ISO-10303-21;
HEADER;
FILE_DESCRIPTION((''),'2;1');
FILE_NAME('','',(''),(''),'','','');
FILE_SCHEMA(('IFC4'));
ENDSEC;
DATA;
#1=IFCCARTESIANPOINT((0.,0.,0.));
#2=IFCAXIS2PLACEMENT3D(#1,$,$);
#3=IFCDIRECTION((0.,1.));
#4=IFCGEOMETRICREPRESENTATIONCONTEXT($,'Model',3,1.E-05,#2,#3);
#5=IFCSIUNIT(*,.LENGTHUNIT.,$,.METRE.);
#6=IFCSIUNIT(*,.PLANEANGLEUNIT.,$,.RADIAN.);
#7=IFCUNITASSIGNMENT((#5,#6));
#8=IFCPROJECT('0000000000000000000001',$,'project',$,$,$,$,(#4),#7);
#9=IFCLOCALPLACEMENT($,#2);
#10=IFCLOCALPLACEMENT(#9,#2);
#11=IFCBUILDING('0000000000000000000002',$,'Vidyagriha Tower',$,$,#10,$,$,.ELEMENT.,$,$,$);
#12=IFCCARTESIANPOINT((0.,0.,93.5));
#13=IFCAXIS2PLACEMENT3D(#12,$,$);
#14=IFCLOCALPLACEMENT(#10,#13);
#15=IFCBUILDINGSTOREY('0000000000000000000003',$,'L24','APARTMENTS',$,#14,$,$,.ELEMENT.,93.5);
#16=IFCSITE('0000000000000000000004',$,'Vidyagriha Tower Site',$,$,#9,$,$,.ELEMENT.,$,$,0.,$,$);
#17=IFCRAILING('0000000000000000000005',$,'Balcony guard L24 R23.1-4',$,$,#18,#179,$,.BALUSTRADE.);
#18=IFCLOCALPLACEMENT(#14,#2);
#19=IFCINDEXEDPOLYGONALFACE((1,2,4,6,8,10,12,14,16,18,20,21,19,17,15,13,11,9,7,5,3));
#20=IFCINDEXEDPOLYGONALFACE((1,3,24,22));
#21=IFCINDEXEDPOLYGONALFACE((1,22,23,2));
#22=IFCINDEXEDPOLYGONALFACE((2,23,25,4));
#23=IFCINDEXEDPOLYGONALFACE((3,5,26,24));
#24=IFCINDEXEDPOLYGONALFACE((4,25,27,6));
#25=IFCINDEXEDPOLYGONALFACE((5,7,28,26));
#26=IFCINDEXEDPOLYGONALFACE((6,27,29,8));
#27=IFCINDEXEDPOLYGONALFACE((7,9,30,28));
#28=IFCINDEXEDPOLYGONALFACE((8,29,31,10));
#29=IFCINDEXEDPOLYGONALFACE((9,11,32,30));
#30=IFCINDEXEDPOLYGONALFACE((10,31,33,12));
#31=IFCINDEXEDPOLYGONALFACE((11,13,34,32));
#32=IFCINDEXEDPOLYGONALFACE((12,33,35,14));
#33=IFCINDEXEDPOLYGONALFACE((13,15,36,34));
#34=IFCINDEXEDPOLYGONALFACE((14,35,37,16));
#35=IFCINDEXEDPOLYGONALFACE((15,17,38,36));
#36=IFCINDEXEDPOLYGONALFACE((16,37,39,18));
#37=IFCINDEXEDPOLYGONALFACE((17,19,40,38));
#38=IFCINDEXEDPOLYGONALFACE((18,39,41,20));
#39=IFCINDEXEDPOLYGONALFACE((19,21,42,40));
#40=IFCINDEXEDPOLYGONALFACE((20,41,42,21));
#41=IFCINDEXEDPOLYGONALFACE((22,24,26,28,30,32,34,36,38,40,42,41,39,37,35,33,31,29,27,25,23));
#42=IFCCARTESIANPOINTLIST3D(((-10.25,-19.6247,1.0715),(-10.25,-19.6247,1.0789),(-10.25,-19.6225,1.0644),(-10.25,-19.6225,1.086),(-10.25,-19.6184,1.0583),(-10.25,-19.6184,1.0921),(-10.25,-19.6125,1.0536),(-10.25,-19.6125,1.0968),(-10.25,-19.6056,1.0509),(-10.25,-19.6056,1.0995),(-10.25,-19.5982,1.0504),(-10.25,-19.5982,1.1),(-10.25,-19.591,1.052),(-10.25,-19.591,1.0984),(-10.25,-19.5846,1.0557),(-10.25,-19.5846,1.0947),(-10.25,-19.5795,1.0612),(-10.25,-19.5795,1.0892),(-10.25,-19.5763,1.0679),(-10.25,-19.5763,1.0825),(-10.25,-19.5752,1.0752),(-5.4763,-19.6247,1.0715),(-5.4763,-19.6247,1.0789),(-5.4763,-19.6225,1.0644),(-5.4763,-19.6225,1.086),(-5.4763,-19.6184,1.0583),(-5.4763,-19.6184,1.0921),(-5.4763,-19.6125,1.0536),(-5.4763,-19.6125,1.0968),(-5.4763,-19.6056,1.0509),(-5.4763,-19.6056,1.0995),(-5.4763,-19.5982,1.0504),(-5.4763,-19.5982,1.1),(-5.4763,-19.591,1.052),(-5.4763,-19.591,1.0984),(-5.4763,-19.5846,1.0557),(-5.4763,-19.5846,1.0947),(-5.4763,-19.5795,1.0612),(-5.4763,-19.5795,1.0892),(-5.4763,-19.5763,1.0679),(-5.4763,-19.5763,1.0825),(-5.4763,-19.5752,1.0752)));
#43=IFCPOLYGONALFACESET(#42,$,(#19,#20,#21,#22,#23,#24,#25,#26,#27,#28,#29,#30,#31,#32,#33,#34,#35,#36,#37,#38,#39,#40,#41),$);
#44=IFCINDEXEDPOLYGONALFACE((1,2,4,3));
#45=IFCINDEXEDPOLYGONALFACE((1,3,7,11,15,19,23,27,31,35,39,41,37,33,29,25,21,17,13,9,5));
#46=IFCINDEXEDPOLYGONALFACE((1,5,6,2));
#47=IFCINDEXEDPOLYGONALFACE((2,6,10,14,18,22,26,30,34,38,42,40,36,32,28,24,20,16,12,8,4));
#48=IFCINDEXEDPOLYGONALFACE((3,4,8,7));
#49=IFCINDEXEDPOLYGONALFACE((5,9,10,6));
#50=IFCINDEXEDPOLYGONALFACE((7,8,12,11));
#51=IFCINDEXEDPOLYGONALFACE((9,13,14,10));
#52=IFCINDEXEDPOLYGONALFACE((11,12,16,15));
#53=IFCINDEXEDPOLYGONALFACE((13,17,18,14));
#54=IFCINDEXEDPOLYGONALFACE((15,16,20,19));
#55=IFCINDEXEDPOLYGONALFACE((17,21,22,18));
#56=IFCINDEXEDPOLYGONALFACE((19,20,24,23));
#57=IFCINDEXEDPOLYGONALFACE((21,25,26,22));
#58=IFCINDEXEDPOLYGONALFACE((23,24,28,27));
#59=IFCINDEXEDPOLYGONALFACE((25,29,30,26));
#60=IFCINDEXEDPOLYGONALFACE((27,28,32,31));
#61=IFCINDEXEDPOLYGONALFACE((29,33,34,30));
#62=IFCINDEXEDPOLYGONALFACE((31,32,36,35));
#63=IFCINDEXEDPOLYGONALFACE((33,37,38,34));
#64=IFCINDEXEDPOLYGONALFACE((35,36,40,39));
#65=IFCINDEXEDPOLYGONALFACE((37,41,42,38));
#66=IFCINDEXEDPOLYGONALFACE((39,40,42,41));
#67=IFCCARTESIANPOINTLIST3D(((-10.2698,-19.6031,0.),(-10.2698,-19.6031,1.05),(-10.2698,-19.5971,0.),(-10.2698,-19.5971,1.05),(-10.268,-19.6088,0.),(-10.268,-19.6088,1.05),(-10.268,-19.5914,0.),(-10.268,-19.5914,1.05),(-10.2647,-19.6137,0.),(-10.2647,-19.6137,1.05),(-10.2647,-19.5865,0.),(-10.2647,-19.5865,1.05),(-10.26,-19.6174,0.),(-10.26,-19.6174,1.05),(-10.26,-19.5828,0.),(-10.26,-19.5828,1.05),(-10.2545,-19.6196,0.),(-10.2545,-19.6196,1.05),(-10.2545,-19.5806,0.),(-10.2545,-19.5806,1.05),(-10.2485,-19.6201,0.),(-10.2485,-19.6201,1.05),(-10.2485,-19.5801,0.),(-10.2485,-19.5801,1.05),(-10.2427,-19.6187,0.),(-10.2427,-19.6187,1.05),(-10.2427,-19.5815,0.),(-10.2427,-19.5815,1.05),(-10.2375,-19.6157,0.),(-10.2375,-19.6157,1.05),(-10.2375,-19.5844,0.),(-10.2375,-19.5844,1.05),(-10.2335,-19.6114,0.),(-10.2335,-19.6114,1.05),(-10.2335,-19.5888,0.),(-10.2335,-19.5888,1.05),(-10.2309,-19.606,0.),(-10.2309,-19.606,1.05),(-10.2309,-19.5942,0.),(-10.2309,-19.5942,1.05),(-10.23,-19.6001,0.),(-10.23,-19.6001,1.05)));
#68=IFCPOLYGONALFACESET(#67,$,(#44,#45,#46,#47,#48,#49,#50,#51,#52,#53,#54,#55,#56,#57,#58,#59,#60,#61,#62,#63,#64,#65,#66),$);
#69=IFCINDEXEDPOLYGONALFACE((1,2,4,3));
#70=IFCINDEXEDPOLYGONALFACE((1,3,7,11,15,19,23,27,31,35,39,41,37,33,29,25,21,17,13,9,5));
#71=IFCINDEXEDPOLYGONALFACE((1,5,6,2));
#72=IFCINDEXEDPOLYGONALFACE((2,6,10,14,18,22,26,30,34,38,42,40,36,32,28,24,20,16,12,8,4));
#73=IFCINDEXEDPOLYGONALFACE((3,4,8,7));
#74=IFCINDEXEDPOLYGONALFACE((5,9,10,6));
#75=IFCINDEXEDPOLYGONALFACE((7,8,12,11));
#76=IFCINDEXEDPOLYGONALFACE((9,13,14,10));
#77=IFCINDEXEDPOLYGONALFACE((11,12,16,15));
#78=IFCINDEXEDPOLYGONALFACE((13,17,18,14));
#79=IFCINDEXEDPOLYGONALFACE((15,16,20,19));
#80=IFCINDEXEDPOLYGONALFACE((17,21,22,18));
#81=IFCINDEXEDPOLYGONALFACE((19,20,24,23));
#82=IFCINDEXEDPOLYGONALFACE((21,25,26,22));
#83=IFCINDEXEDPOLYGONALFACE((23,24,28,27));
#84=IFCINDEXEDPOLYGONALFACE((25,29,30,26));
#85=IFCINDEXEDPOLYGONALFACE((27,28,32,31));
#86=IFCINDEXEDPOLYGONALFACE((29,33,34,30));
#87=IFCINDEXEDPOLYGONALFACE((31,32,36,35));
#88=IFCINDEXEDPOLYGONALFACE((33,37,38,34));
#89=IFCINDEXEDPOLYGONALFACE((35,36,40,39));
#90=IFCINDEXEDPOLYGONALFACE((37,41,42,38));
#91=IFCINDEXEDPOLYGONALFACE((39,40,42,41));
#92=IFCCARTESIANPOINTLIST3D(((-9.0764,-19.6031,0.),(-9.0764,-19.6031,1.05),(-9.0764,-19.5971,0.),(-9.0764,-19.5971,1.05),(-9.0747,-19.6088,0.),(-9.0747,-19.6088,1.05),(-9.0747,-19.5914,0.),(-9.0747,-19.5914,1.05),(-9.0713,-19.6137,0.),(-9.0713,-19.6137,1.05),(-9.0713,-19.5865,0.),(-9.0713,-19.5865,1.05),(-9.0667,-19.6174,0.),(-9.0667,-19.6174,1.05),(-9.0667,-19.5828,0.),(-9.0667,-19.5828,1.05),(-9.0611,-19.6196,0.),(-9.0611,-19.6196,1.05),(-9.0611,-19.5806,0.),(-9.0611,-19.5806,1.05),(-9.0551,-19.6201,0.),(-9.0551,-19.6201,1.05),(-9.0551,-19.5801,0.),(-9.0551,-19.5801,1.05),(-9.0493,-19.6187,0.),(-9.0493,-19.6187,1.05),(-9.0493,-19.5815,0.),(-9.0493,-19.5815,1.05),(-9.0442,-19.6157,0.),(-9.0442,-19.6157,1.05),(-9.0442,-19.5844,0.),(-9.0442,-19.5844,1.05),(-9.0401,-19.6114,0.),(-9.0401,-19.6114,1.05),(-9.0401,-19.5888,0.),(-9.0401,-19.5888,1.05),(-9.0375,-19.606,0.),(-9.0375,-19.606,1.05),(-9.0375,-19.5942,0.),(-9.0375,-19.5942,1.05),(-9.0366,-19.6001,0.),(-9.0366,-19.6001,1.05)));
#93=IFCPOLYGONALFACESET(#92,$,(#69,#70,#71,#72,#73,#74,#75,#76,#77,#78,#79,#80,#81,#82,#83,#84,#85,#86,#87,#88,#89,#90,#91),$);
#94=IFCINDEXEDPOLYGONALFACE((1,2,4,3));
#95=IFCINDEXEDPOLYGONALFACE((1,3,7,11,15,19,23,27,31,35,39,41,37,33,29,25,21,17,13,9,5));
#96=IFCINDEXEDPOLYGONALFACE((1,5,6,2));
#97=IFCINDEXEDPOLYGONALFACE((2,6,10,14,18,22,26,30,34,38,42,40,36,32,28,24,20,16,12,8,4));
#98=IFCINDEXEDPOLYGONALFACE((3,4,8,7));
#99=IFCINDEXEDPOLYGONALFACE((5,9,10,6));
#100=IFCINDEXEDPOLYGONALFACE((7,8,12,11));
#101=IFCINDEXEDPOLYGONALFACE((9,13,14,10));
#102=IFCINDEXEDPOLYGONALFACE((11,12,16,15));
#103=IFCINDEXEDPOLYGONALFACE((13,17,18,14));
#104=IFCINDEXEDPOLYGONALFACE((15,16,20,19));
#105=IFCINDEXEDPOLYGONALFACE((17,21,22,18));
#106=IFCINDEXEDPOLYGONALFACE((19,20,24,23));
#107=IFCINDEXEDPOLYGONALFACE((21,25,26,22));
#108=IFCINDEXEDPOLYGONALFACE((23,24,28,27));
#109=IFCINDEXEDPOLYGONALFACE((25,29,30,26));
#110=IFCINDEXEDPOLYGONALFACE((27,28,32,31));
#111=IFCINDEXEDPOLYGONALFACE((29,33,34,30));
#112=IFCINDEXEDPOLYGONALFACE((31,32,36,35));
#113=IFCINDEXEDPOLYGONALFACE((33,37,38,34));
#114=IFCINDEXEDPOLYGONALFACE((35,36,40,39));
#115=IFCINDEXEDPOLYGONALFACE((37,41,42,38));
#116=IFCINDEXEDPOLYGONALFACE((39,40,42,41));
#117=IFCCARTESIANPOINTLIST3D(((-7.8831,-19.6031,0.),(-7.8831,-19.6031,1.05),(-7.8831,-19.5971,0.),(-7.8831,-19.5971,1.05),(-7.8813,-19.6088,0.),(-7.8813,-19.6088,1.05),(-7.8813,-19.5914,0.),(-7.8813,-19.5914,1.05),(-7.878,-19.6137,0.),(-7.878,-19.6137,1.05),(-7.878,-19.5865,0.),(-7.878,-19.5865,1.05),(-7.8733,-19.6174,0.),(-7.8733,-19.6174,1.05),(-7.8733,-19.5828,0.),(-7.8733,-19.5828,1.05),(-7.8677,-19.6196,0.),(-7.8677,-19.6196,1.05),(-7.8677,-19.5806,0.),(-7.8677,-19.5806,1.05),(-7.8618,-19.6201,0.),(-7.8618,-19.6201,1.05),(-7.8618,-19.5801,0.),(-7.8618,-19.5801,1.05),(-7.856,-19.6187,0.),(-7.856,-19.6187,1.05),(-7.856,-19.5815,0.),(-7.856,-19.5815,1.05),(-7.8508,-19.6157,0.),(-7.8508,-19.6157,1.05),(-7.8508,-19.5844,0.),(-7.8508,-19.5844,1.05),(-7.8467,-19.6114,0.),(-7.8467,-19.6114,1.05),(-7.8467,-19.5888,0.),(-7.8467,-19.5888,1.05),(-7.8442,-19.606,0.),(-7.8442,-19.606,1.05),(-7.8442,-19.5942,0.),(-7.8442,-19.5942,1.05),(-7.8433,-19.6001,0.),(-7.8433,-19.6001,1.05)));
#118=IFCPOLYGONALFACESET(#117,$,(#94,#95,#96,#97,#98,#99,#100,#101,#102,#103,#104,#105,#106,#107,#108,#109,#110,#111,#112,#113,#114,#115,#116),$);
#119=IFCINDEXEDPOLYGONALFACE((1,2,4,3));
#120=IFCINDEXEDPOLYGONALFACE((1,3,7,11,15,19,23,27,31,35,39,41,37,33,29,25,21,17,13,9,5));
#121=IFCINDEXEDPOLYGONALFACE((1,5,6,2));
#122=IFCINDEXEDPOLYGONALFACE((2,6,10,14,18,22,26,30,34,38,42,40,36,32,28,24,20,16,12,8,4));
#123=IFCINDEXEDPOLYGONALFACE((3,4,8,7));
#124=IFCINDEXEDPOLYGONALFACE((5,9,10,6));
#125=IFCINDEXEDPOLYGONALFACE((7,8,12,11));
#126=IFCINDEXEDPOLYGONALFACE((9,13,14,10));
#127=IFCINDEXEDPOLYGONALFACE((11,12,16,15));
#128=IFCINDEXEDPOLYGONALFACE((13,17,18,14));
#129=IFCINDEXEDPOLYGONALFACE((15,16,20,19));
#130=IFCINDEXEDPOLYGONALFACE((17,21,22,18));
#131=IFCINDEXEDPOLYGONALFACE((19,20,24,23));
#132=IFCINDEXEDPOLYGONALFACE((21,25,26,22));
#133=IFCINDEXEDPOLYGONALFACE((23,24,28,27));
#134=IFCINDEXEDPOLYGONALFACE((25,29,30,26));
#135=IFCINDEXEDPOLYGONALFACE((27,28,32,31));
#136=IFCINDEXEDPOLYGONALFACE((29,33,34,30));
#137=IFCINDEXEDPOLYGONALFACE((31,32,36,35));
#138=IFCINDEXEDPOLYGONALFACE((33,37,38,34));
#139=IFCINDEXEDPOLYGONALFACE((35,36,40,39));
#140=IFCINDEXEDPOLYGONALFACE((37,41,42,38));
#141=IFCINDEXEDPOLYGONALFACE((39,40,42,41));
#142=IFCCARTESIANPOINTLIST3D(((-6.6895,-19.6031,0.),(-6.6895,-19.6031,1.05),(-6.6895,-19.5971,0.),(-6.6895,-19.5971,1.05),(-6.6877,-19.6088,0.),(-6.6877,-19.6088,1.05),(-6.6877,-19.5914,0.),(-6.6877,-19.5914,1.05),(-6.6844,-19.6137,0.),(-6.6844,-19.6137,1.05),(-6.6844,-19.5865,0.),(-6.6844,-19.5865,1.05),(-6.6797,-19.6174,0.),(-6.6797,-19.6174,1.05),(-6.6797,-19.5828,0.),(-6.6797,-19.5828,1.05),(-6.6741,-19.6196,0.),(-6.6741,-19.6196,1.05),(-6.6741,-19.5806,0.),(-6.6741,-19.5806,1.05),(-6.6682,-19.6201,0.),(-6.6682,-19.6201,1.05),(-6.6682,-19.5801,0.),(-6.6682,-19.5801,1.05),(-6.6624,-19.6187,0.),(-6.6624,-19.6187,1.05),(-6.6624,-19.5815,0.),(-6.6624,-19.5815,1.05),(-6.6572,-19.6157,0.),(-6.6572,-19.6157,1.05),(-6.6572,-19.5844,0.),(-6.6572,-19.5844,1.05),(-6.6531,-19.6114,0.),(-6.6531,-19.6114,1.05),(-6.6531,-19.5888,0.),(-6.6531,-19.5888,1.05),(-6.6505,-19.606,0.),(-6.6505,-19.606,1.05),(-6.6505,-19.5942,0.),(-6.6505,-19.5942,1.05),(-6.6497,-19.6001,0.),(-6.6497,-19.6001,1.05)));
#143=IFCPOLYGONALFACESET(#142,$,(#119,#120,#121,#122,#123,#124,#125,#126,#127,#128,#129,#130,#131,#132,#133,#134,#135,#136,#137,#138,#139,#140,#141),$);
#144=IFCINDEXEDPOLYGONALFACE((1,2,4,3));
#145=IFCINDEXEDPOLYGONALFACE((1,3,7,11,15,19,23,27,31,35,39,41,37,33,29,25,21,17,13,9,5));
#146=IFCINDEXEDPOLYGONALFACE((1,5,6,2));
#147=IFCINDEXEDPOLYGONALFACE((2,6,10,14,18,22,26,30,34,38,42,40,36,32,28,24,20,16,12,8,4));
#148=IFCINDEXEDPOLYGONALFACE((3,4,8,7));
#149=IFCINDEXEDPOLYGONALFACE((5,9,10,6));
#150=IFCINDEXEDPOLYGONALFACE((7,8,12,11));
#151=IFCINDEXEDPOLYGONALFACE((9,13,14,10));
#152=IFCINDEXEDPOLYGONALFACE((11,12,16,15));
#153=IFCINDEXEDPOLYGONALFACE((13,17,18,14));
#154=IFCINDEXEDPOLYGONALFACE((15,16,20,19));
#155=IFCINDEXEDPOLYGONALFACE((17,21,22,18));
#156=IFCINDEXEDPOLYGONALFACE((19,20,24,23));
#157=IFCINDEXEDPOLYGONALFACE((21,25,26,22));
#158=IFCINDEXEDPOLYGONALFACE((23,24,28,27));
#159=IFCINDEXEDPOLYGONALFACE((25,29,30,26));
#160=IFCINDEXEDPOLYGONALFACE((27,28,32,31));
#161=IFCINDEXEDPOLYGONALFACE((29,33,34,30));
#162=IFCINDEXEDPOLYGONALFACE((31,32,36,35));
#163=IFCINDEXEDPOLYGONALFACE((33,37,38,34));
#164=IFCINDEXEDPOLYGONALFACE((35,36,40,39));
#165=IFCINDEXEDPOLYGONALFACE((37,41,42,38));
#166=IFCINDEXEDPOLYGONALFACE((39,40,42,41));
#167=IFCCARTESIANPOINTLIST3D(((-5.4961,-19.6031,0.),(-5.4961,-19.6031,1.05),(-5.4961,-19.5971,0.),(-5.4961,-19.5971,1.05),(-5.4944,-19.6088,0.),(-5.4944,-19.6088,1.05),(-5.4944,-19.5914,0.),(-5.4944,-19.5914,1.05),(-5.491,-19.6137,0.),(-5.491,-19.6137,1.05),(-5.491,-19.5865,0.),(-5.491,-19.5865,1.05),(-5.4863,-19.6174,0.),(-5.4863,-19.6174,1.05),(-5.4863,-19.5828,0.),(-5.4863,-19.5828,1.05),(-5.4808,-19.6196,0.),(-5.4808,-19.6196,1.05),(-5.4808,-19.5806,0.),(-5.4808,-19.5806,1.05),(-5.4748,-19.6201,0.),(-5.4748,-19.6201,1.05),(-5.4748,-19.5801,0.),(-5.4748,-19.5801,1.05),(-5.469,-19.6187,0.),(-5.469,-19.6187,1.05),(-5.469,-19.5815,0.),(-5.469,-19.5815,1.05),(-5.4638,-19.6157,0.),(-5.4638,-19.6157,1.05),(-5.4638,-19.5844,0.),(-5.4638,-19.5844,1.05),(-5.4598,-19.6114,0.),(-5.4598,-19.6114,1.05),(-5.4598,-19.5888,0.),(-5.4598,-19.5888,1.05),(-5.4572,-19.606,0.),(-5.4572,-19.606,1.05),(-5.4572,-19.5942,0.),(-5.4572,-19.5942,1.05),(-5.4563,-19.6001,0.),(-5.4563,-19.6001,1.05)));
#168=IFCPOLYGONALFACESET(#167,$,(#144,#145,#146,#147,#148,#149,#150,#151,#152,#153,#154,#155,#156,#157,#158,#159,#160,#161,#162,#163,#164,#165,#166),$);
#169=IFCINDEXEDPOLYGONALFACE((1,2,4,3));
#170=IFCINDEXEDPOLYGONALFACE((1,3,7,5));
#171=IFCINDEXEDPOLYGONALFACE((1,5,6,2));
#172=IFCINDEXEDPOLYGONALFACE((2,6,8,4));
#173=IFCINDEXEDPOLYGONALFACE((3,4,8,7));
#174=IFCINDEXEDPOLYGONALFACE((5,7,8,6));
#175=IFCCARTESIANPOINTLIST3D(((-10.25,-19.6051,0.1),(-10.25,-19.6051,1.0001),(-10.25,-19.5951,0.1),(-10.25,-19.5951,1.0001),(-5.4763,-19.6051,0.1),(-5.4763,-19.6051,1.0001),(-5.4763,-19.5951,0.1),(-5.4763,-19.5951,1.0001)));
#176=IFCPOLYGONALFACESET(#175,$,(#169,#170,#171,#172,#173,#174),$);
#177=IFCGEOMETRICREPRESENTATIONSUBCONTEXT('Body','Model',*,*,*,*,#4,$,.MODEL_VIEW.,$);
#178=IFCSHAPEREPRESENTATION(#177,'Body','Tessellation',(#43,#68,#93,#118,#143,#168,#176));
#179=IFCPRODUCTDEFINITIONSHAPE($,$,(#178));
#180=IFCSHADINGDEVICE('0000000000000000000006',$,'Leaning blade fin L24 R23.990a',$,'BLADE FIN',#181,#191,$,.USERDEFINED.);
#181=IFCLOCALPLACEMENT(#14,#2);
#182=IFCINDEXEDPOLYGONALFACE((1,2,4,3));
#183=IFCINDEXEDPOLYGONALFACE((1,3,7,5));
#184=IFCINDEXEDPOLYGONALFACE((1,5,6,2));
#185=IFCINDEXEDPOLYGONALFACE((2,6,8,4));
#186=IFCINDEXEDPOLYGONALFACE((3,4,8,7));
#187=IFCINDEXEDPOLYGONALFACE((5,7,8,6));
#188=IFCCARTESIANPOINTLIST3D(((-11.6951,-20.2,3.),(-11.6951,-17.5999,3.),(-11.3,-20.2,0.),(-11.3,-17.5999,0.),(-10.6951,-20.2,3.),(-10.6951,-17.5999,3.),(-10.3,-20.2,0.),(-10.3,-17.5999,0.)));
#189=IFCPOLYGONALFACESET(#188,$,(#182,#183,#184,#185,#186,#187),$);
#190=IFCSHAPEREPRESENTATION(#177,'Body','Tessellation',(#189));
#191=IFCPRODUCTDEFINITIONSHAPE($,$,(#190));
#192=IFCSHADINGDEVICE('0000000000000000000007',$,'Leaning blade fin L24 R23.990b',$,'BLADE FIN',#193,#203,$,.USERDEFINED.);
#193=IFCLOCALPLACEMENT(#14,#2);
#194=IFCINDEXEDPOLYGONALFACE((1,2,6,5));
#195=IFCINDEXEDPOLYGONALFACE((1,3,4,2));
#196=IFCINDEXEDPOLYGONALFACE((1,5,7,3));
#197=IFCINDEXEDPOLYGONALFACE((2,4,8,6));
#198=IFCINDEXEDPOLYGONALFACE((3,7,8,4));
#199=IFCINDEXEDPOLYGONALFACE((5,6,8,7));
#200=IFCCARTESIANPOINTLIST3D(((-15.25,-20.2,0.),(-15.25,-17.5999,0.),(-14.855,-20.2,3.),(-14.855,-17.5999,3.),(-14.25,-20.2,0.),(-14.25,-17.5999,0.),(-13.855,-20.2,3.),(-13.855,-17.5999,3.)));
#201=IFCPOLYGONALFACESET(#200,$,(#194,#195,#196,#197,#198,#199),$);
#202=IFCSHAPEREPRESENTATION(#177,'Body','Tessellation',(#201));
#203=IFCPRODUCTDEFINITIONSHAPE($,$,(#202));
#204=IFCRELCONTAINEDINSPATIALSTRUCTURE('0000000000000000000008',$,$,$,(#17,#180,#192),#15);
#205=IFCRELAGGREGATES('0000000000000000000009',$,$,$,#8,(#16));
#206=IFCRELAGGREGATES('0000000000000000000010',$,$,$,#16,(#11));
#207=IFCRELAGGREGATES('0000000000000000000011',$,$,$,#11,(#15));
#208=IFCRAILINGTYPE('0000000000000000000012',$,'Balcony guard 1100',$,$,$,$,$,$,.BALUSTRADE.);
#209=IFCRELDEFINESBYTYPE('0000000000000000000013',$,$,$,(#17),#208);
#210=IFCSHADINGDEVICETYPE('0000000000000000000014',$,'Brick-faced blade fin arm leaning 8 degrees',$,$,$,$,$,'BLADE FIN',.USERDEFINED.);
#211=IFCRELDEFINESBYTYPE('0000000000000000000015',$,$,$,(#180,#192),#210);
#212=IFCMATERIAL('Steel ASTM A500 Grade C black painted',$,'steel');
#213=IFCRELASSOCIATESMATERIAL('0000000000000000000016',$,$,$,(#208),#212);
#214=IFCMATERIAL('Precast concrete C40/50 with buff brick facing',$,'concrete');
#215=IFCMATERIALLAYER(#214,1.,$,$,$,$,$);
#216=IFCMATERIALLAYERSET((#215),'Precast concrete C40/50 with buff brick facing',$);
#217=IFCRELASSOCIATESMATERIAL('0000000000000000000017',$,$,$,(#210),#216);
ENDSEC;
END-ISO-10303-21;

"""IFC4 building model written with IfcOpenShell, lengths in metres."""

from ifc_helpers import new_model, si_unit, direction, frame, origin, origin_2d, place, context, subcontext, project, spatial, polyline, rectangle, circle, outline, extrude, material, layer, layer_set, type_object, element, save


model = new_model("IFC4")

# Units and contexts
model_context = context("Model", 3, precision=1e-05, world=origin(), true_north=direction((0.0, 1.0)))
body_context = subcontext(model_context, "Body", "Model", "MODEL_VIEW")
ifc_project = project(units=[si_unit("LENGTHUNIT", "METRE"), si_unit("PLANEANGLEUNIT", "RADIAN")], contexts=[model_context])

# Site, building, storey
site_placement = place(None, origin())
site = spatial("IfcSite", under=ifc_project, at=site_placement, Name="Vidyagriha Tower Site", CompositionType="ELEMENT", RefElevation=0.0)
building_placement = place(site_placement, origin())
building = spatial("IfcBuilding", under=site, at=building_placement, Name="Vidyagriha Tower", CompositionType="ELEMENT")
storey_placement = place(building_placement, frame((0.0, 0.0, 93.5)))
storey = spatial("IfcBuildingStorey", under=building, at=storey_placement, Name="L24", Description="APARTMENTS", CompositionType="ELEMENT", Elevation=93.5)

# Railing
ifc_material_1 = material(Name="Steel ASTM A500 Grade C black painted", Category="steel")
railing_type = type_object("IfcRailingType", Name="Balcony guard 1100", PredefinedType="BALUSTRADE", material=ifc_material_1)
railing_1_placement = place(storey_placement, frame((-10.25, -19.6001, 0.0)))
element("IfcRailing", 1, at=railing_1_placement, inside=storey, type_object=railing_type, Name="Balcony guard L24 R23.1-4", PredefinedType="BALUSTRADE", context=body_context, shape_type="SweptSolid", body=[
    extrude(circle(Radius=0.0249, at=origin_2d()), frame((0.0, 0.0, 1.0752), z_axis=(1.0, 0.0, 0.0), x_axis=(0.0, 1.0, 0.0)), (0.0, 0.0, 1.0), 4.7737),
    extrude(circle(Radius=0.02, at=origin_2d()), origin(), (0.0, 0.0, 1.0), 1.05),
    extrude(circle(Radius=0.02, at=origin_2d()), frame((1.1934, 0.0, 0.0)), (0.0, 0.0, 1.0), 1.05),
    extrude(circle(Radius=0.02, at=origin_2d()), frame((2.3867, 0.0, 0.0)), (0.0, 0.0, 1.0), 1.05),
    extrude(circle(Radius=0.02, at=origin_2d()), frame((3.5803, 0.0, 0.0)), (0.0, 0.0, 1.0), 1.05),
    extrude(circle(Radius=0.02, at=origin_2d()), frame((4.7737, 0.0, 0.0)), (0.0, 0.0, 1.0), 1.05),
    extrude(rectangle(XDim=0.01, YDim=0.9001, at=origin_2d()), frame((0.0, 0.0, 0.55), z_axis=(1.0, 0.0, 0.0), x_axis=(0.0, 1.0, 0.0)), (0.0, 0.0, 1.0), 4.7737),
])

# Shading devices
ifc_material_2 = material(Name="Precast concrete C40/50 with buff brick facing", Category="concrete")
ifc_layer_1 = layer(ifc_material_2, 1.0)
ifc_layer_set_1 = layer_set([ifc_layer_1], Name="Precast concrete C40/50 with buff brick facing")
shading_device_type = type_object("IfcShadingDeviceType", Name="Brick-faced blade fin arm leaning 8 degrees", ElementType="BLADE FIN", PredefinedType="USERDEFINED", material=ifc_layer_set_1)
shading_device_1_placement = place(storey_placement, frame((-11.6951, -18.8999, 0.0)))
element("IfcShadingDevice", 2, at=shading_device_1_placement, inside=storey, type_object=shading_device_type, Name="Leaning blade fin L24 R23.990a", ObjectType="BLADE FIN", PredefinedType="USERDEFINED", context=body_context, shape_type="SweptSolid", body=[
    extrude(outline(polyline([(0.395, 0.0), (1.395, 0.0), (1.0, 3.0), (0.0, 3.0), (0.395, 0.0)])), frame((0.0, 1.3, 0.0), z_axis=(0.0, -1.0, 0.0), x_axis=(1.0, 0.0, 0.0)), (0.0, 0.0, 1.0), 2.6001),
])
shading_device_2_placement = place(storey_placement, frame((-15.25, -18.8999, 0.0)))
element("IfcShadingDevice", 3, at=shading_device_2_placement, inside=storey, type_object=shading_device_type, Name="Leaning blade fin L24 R23.990b", ObjectType="BLADE FIN", PredefinedType="USERDEFINED", context=body_context, shape_type="SweptSolid", body=[
    extrude(outline(polyline([(0.0, 0.0), (1.0, 0.0), (1.395, 3.0), (0.395, 3.0), (0.0, 0.0)])), frame((0.0, 1.3, 0.0), z_axis=(0.0, -1.0, 0.0), x_axis=(1.0, 0.0, 0.0)), (0.0, 0.0, 1.0), 2.6001),
])

save(model, "model.ifc")
